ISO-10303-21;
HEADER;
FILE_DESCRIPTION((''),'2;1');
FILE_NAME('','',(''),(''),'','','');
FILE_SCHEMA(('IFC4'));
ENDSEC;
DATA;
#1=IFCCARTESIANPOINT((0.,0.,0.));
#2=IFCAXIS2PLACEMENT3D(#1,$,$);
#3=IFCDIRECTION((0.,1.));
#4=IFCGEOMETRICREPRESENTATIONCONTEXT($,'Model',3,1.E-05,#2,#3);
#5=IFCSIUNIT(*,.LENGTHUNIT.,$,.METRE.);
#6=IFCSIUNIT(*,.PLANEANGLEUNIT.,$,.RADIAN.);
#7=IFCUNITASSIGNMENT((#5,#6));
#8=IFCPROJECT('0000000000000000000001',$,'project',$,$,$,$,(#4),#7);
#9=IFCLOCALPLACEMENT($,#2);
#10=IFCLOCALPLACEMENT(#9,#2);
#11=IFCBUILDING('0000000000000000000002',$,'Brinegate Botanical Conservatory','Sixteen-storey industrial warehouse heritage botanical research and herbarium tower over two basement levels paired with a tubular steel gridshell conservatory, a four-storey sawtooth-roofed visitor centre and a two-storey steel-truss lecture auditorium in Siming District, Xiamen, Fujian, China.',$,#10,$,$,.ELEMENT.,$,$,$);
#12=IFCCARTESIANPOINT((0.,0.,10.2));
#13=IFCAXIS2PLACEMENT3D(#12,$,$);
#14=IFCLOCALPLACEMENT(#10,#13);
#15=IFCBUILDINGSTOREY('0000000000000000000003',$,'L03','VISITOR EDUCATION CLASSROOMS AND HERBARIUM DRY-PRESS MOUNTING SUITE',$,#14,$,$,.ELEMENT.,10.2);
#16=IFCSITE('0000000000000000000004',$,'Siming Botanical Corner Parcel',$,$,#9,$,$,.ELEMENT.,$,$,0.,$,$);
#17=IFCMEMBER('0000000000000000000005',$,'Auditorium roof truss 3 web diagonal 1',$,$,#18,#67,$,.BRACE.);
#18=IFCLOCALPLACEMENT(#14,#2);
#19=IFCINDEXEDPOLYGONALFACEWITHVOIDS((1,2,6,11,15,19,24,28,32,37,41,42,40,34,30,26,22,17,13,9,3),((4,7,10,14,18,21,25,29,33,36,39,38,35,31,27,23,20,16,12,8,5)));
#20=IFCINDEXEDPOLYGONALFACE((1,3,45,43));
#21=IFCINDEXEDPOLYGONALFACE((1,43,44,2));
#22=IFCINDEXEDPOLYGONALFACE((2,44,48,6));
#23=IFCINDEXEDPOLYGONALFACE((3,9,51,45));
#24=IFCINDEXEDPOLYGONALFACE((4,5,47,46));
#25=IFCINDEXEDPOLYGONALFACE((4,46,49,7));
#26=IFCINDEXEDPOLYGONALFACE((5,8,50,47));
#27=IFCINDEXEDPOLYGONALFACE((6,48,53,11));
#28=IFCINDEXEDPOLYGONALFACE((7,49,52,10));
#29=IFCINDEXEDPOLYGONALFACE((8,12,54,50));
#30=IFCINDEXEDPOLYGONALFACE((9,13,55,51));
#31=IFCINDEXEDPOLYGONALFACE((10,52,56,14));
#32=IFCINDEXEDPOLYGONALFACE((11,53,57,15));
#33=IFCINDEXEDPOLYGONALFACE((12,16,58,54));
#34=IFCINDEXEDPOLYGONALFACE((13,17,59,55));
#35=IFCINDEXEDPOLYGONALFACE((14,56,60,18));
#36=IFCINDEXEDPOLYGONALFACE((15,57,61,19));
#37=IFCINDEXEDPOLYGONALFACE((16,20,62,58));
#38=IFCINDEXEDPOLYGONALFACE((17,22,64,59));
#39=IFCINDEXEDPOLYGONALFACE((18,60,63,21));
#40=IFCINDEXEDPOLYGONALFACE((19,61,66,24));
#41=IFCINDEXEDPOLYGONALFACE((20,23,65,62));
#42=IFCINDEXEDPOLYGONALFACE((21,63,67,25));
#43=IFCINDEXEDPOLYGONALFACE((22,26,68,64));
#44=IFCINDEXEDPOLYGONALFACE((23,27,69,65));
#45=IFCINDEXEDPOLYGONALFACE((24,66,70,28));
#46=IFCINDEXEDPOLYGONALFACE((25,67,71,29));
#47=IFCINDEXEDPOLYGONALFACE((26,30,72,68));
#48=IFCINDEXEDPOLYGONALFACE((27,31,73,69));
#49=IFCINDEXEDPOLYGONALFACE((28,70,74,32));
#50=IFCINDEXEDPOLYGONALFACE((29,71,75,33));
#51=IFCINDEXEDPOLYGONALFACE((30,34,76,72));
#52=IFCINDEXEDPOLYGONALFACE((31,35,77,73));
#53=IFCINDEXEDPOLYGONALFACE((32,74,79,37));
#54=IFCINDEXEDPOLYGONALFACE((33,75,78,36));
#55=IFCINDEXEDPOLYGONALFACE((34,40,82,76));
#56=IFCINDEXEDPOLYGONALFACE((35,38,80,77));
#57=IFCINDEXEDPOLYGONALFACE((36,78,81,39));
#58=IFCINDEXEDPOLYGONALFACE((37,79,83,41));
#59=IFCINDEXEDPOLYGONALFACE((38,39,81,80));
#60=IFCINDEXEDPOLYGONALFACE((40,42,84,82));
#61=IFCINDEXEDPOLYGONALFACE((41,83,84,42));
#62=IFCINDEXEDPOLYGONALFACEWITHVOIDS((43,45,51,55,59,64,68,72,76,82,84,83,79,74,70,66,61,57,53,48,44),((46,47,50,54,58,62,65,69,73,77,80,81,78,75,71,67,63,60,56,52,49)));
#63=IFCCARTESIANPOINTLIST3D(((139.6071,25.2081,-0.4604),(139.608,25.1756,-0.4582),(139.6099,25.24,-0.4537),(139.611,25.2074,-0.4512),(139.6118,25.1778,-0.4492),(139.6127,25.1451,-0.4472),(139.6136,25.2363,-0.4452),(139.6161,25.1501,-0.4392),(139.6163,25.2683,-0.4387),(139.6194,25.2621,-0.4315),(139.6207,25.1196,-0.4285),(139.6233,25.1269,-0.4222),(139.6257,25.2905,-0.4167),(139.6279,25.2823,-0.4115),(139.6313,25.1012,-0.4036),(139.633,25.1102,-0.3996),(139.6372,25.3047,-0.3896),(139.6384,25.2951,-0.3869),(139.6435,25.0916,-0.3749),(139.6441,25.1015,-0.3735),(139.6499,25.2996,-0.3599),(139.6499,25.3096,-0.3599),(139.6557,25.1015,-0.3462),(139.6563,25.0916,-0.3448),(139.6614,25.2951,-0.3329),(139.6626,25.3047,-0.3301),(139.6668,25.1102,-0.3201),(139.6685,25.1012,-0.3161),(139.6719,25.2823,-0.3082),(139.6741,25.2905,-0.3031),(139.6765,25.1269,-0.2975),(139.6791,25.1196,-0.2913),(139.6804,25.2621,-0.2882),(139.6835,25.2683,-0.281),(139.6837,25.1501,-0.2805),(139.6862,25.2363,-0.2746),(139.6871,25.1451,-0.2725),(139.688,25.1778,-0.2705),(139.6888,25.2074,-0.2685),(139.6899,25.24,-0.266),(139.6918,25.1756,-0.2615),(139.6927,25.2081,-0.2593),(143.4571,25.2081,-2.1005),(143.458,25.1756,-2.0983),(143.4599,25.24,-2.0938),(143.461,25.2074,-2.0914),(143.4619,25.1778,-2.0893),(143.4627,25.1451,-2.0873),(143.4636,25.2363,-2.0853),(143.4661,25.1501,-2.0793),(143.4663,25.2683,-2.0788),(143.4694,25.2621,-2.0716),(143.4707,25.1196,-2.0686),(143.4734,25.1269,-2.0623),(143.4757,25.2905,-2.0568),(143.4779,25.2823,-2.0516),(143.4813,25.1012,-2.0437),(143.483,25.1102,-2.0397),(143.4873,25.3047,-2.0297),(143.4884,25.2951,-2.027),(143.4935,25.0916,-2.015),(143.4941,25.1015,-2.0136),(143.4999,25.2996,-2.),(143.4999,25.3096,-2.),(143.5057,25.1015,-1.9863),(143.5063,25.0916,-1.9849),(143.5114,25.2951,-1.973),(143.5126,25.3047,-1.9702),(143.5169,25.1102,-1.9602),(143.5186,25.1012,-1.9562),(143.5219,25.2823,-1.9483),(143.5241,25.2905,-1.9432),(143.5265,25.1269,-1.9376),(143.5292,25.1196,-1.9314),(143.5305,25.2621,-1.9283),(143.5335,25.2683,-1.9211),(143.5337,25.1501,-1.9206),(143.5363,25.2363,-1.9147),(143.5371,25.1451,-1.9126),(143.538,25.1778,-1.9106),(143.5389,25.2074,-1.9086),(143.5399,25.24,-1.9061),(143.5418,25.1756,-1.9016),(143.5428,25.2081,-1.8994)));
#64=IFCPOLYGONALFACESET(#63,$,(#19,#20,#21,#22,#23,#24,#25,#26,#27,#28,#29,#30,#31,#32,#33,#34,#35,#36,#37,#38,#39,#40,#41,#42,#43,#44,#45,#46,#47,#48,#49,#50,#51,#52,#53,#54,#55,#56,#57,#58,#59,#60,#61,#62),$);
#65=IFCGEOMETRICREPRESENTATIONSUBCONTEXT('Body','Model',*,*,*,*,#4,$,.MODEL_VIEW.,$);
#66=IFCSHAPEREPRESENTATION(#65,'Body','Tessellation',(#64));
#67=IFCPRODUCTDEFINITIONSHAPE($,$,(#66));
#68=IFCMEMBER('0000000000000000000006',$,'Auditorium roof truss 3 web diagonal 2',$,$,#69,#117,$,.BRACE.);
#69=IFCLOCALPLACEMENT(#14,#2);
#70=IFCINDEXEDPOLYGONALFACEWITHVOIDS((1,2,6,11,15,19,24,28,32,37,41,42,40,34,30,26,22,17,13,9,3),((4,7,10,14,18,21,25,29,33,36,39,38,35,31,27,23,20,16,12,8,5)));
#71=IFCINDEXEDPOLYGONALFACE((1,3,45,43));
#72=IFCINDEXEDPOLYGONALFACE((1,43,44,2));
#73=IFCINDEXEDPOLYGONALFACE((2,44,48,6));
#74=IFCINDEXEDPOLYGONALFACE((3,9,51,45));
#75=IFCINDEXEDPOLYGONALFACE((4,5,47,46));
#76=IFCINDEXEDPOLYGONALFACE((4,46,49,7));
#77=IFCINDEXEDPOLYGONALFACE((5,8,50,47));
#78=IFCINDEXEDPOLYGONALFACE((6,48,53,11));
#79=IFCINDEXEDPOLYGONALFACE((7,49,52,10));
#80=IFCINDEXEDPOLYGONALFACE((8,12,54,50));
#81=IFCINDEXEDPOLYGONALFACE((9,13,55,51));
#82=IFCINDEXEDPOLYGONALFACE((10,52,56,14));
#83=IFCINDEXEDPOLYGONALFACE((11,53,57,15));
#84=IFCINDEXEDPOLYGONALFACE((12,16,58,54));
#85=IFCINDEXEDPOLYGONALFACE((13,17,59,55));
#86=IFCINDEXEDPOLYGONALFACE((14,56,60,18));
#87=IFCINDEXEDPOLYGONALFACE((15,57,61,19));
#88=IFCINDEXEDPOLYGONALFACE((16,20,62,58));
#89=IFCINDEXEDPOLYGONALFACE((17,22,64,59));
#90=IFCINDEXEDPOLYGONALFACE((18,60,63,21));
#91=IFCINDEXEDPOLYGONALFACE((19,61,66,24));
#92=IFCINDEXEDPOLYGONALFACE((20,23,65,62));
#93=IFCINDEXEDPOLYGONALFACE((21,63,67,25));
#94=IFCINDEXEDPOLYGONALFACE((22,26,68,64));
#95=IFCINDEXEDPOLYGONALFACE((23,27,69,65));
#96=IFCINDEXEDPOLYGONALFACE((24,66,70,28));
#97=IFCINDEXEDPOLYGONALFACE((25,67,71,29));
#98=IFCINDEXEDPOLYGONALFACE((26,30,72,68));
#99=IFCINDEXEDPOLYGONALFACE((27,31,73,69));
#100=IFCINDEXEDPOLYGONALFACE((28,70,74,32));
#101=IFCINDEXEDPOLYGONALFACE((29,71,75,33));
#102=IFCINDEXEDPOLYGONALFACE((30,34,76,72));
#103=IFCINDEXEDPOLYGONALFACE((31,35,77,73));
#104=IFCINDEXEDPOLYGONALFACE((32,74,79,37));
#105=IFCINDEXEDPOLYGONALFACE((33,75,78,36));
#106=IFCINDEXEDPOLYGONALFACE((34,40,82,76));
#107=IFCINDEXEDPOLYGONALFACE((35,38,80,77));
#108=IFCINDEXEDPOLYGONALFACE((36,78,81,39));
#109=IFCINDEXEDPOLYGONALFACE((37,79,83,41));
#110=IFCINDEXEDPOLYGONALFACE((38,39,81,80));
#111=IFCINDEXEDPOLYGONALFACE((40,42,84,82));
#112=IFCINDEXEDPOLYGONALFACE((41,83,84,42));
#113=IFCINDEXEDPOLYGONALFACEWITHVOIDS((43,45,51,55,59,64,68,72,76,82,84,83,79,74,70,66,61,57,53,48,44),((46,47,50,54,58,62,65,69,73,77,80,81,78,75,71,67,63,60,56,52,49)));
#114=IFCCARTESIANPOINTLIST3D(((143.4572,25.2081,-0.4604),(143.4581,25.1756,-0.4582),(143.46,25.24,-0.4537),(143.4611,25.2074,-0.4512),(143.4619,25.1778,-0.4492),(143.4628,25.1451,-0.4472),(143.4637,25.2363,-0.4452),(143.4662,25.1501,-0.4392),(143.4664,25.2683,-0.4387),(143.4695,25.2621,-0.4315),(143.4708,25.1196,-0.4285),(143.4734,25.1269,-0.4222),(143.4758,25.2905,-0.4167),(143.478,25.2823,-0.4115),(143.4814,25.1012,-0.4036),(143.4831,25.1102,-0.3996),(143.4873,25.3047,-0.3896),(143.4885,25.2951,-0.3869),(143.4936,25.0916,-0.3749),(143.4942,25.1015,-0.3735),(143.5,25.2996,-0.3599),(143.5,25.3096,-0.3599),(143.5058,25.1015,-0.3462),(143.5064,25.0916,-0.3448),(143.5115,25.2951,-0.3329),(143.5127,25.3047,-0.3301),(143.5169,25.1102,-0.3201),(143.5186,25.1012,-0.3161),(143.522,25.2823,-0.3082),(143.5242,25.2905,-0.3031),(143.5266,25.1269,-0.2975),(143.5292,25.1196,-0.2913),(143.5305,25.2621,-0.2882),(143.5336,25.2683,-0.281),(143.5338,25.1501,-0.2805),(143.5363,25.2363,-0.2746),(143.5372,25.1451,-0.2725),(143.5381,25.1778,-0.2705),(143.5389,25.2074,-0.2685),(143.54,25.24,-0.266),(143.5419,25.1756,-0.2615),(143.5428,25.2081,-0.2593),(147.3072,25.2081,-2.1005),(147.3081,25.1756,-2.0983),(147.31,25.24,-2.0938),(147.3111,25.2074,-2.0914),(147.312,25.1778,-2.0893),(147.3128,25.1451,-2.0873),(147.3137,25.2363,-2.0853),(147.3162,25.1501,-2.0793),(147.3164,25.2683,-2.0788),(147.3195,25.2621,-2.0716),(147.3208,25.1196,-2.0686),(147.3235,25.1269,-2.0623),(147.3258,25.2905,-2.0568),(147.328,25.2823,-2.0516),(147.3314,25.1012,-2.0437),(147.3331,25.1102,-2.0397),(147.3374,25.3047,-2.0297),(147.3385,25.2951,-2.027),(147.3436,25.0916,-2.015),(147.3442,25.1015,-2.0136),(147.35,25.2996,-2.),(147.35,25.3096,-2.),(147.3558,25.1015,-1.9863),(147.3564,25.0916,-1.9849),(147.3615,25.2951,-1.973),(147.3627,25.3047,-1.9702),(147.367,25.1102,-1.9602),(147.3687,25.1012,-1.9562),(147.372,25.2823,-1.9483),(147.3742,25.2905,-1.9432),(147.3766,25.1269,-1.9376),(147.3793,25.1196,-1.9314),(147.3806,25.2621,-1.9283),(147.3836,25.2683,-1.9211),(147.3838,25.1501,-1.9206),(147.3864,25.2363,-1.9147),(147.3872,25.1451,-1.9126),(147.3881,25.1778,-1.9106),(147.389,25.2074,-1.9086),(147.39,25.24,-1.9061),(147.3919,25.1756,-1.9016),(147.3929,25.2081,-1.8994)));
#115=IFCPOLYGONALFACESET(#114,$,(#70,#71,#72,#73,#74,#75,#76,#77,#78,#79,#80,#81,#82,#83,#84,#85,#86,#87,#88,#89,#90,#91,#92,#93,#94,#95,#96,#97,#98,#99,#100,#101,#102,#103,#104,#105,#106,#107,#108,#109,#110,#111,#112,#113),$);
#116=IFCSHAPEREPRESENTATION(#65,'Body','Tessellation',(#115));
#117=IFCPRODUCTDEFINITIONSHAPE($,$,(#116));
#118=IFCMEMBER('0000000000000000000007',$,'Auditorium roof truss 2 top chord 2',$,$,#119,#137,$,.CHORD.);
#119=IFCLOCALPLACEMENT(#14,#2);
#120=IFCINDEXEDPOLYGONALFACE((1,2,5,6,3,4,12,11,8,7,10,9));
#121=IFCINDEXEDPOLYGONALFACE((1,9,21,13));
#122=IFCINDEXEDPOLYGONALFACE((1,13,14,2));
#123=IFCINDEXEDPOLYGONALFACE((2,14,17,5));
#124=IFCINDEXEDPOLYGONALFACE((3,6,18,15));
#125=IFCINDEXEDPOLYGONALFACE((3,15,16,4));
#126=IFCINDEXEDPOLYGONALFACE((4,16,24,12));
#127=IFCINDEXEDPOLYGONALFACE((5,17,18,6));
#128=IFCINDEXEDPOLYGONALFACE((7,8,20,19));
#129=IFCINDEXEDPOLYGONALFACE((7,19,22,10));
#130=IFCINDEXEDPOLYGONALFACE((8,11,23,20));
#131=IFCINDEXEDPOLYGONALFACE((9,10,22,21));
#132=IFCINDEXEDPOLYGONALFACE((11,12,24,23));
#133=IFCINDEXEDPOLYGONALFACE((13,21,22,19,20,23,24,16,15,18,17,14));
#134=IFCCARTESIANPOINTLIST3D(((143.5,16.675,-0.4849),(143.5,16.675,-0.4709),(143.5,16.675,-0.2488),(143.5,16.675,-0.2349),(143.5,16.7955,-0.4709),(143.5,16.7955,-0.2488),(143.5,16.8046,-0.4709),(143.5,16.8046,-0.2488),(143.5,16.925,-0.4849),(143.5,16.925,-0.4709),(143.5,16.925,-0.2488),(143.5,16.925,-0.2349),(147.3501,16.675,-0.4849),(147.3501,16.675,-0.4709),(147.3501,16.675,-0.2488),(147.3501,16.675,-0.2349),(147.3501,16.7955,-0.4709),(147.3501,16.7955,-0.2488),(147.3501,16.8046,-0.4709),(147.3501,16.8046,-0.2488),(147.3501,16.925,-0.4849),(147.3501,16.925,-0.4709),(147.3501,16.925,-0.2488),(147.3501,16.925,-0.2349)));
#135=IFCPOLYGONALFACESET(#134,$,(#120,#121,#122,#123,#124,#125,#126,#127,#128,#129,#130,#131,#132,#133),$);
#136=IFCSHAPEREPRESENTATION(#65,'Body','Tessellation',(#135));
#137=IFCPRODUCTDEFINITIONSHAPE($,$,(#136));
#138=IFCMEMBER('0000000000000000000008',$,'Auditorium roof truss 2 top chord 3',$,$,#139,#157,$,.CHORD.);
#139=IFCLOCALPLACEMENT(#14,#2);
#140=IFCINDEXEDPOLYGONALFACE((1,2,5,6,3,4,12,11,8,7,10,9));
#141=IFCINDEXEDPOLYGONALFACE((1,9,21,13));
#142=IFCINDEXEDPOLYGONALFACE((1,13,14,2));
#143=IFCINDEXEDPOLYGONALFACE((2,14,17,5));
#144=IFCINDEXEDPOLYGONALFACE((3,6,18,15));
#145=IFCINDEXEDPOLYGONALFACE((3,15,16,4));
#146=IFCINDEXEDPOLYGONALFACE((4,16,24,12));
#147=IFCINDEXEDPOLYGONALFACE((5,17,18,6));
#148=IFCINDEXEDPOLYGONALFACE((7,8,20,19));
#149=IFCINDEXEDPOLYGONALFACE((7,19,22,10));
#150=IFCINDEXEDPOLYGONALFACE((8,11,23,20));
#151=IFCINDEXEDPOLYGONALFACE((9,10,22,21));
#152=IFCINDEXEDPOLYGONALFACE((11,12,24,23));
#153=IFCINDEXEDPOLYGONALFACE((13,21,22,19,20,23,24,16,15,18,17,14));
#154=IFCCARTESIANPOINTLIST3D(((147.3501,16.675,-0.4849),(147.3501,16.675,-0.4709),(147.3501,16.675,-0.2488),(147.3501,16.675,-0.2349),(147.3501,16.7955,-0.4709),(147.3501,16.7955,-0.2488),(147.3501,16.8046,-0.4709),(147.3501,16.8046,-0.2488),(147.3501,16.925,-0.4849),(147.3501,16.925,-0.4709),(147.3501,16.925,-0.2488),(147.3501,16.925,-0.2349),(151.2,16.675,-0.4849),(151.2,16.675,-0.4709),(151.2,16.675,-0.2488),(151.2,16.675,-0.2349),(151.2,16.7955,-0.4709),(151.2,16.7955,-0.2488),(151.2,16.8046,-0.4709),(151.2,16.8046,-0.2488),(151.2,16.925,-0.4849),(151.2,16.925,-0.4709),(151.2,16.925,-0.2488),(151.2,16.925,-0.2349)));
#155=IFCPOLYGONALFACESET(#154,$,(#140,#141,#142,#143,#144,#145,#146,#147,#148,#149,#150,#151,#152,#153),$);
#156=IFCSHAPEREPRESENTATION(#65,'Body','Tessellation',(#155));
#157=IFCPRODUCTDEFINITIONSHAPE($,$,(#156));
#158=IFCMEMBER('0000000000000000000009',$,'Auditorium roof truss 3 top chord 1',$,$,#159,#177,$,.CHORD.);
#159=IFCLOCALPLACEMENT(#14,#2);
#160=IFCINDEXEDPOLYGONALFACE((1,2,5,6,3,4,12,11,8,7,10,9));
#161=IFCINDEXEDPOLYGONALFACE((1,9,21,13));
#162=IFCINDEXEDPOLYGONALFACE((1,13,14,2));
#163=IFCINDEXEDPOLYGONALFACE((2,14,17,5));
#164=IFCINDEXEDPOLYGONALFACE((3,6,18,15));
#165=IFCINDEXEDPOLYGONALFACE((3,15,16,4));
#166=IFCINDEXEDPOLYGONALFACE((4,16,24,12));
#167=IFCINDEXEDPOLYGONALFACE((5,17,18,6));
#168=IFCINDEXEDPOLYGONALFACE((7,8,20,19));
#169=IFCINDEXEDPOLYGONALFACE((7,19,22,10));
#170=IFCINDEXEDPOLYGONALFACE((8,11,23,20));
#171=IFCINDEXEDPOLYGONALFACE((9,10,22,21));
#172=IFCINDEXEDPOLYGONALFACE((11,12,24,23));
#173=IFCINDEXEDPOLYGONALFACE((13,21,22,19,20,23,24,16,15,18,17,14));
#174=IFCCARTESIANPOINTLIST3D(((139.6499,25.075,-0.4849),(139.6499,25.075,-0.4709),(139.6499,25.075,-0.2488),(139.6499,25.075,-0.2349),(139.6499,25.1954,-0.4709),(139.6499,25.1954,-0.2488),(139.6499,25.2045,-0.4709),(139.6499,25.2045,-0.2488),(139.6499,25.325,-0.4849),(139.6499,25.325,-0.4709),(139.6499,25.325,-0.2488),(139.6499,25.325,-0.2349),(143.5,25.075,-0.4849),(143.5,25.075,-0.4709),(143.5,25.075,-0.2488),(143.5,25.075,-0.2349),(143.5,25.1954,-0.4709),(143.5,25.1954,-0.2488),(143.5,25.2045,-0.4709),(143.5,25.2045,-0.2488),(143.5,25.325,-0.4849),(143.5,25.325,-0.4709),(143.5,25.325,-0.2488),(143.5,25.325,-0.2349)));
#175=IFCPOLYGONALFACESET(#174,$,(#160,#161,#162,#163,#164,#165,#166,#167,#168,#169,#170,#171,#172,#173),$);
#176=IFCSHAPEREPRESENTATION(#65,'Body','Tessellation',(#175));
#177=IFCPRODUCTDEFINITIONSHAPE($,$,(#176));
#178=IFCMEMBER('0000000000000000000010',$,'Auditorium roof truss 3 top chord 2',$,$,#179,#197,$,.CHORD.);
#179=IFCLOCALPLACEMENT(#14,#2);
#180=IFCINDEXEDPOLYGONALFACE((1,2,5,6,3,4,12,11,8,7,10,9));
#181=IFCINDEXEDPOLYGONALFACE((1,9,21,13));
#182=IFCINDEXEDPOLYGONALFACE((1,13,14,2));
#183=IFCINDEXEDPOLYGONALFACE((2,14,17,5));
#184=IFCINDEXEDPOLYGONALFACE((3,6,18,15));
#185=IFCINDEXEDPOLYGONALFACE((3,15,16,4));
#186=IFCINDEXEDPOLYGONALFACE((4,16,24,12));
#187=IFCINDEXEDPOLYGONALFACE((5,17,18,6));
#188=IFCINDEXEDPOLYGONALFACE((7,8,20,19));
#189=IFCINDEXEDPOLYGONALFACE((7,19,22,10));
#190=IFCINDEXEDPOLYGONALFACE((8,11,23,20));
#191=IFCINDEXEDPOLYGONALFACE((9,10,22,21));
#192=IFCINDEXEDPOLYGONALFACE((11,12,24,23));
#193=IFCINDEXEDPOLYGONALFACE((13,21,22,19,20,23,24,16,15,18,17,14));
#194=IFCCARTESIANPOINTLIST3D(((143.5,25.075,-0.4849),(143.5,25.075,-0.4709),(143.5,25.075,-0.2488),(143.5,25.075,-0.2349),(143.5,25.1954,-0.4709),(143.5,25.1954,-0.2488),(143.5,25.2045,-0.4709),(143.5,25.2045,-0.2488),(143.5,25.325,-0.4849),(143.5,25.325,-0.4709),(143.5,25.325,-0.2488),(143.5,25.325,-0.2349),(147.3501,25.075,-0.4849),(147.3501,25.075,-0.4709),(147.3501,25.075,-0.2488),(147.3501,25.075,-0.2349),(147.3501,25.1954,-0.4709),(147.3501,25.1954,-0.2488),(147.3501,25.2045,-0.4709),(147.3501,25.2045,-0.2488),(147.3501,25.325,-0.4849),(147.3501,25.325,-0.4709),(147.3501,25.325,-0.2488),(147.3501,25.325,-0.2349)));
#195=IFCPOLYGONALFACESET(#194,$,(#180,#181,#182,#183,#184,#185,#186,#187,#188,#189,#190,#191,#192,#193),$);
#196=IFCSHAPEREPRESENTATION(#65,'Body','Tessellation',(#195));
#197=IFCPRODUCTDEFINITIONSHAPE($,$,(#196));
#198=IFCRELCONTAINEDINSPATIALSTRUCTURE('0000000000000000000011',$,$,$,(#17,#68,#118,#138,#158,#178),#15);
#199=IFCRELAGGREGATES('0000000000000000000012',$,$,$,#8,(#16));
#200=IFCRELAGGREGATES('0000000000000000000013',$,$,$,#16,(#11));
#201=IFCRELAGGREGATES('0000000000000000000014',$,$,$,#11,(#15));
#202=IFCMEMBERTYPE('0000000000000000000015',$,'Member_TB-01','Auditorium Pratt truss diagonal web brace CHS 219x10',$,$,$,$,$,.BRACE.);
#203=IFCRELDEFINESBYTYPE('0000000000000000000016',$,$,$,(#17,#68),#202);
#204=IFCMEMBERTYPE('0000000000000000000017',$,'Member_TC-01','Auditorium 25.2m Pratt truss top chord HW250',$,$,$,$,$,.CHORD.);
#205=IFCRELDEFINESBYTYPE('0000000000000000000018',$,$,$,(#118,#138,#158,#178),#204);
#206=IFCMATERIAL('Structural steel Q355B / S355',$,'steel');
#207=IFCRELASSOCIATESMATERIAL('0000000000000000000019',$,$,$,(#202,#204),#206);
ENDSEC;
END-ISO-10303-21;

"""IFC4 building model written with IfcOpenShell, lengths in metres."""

from ifc_helpers import new_model, si_unit, direction, frame, origin, origin_2d, place, context, subcontext, project, spatial, hollow_circle, i_section, extrude, material, material_profile, profile_set, type_object, element, save


model = new_model("IFC4")

# Units and contexts
model_context = context("Model", 3, precision=1e-05, world=origin(), true_north=direction((0.0, 1.0)))
body_context = subcontext(model_context, "Body", "Model", "MODEL_VIEW")
ifc_project = project(units=[si_unit("LENGTHUNIT", "METRE"), si_unit("PLANEANGLEUNIT", "RADIAN")], contexts=[model_context])

# Site, building, storey
site_placement = place(None, origin())
site = spatial("IfcSite", under=ifc_project, at=site_placement, Name="Siming Botanical Corner Parcel", CompositionType="ELEMENT", RefElevation=0.0)
building_placement = place(site_placement, origin())
building = spatial("IfcBuilding", under=site, at=building_placement, Name="Brinegate Botanical Conservatory", Description="Sixteen-storey industrial warehouse heritage botanical research and herbarium tower over two basement levels paired with a tubular steel gridshell conservatory, a four-storey sawtooth-roofed visitor centre and a two-storey steel-truss lecture auditorium in Siming District, Xiamen, Fujian, China.", CompositionType="ELEMENT")
storey_placement = place(building_placement, frame((0.0, 0.0, 10.2)))
storey = spatial("IfcBuildingStorey", under=building, at=storey_placement, Name="L03", Description="VISITOR EDUCATION CLASSROOMS AND HERBARIUM DRY-PRESS MOUNTING SUITE", CompositionType="ELEMENT", Elevation=10.2)

# Members
ifc_material_1 = material(Name="Structural steel Q355B / S355", Category="steel")
ifc_material_profile_1 = material_profile(ifc_material_1, hollow_circle(Radius=0.1096, WallThickness=0.01, at=origin_2d()), Name="CHS 219x10")
ifc_profile_set_1 = profile_set([ifc_material_profile_1], Name="Structural steel Q355B / S355")
member_type_1 = type_object("IfcMemberType", Name="Member_TB-01", Description="Auditorium Pratt truss diagonal web brace CHS 219x10", PredefinedType="BRACE", material=ifc_profile_set_1)
for number, where, z_axis, x_axis, name in (
    (1, (139.6499, 25.2, -0.3599), (0.92, 0.0, -0.391919), (0.0, 1.0, 0.0), "Auditorium roof truss 3 web diagonal 1"),
    (2, (143.5, 25.2, -0.3599), (0.92, 0.0, -0.391919), (0.0, 1.0, 0.0), "Auditorium roof truss 3 web diagonal 2"),
):
    element("IfcMember", number, at=place(storey_placement, frame(where, z_axis=z_axis, x_axis=x_axis)), inside=storey, type_object=member_type_1, Name=name, PredefinedType="BRACE", context=body_context, shape_type="SweptSolid", body=[
        extrude(hollow_circle(Radius=0.1096, WallThickness=0.01, at=origin_2d()), origin(), (0.0, 0.0, 1.0), 4.1848),
    ])
ifc_material_profile_2 = material_profile(ifc_material_1, i_section(OverallWidth=0.25, OverallDepth=0.25, WebThickness=0.009, FlangeThickness=0.0139, at=origin_2d()), Name="HW 250x250x9x14")
ifc_profile_set_2 = profile_set([ifc_material_profile_2], Name="Structural steel Q355B / S355")
member_type_2 = type_object("IfcMemberType", Name="Member_TC-01", Description="Auditorium 25.2m Pratt truss top chord HW250", PredefinedType="CHORD", material=ifc_profile_set_2)
member_1_placement = place(storey_placement, frame((143.5, 16.8, -0.3599), z_axis=(1.0, 0.0, 0.0), x_axis=(0.0, 1.0, 0.0)))
element("IfcMember", 3, at=member_1_placement, inside=storey, type_object=member_type_2, Name="Auditorium roof truss 2 top chord 2", PredefinedType="CHORD", context=body_context, shape_type="SweptSolid", body=[
    extrude(i_section(OverallWidth=0.25, OverallDepth=0.25, WebThickness=0.009, FlangeThickness=0.0139, at=origin_2d()), origin(), (0.0, 0.0, 1.0), 3.8501),
])
member_2_placement = place(storey_placement, frame((147.3501, 16.8, -0.3599), z_axis=(1.0, 0.0, 0.0), x_axis=(0.0, 1.0, 0.0)))
element("IfcMember", 4, at=member_2_placement, inside=storey, type_object=member_type_2, Name="Auditorium roof truss 2 top chord 3", PredefinedType="CHORD", context=body_context, shape_type="SweptSolid", body=[
    extrude(i_section(OverallWidth=0.25, OverallDepth=0.25, WebThickness=0.009, FlangeThickness=0.0139, at=origin_2d()), origin(), (0.0, 0.0, 1.0), 3.8499),
])
for number, where, z_axis, x_axis, name in (
    (5, (139.6499, 25.2, -0.3599), (1.0, 0.0, 0.0), (0.0, 1.0, 0.0), "Auditorium roof truss 3 top chord 1"),
    (6, (143.5, 25.2, -0.3599), (1.0, 0.0, 0.0), (0.0, 1.0, 0.0), "Auditorium roof truss 3 top chord 2"),
):
    element("IfcMember", number, at=place(storey_placement, frame(where, z_axis=z_axis, x_axis=x_axis)), inside=storey, type_object=member_type_2, Name=name, PredefinedType="CHORD", context=body_context, shape_type="SweptSolid", body=[
        extrude(i_section(OverallWidth=0.25, OverallDepth=0.25, WebThickness=0.009, FlangeThickness=0.0139, at=origin_2d()), origin(), (0.0, 0.0, 1.0), 3.8501),
    ])

save(model, "model.ifc")
